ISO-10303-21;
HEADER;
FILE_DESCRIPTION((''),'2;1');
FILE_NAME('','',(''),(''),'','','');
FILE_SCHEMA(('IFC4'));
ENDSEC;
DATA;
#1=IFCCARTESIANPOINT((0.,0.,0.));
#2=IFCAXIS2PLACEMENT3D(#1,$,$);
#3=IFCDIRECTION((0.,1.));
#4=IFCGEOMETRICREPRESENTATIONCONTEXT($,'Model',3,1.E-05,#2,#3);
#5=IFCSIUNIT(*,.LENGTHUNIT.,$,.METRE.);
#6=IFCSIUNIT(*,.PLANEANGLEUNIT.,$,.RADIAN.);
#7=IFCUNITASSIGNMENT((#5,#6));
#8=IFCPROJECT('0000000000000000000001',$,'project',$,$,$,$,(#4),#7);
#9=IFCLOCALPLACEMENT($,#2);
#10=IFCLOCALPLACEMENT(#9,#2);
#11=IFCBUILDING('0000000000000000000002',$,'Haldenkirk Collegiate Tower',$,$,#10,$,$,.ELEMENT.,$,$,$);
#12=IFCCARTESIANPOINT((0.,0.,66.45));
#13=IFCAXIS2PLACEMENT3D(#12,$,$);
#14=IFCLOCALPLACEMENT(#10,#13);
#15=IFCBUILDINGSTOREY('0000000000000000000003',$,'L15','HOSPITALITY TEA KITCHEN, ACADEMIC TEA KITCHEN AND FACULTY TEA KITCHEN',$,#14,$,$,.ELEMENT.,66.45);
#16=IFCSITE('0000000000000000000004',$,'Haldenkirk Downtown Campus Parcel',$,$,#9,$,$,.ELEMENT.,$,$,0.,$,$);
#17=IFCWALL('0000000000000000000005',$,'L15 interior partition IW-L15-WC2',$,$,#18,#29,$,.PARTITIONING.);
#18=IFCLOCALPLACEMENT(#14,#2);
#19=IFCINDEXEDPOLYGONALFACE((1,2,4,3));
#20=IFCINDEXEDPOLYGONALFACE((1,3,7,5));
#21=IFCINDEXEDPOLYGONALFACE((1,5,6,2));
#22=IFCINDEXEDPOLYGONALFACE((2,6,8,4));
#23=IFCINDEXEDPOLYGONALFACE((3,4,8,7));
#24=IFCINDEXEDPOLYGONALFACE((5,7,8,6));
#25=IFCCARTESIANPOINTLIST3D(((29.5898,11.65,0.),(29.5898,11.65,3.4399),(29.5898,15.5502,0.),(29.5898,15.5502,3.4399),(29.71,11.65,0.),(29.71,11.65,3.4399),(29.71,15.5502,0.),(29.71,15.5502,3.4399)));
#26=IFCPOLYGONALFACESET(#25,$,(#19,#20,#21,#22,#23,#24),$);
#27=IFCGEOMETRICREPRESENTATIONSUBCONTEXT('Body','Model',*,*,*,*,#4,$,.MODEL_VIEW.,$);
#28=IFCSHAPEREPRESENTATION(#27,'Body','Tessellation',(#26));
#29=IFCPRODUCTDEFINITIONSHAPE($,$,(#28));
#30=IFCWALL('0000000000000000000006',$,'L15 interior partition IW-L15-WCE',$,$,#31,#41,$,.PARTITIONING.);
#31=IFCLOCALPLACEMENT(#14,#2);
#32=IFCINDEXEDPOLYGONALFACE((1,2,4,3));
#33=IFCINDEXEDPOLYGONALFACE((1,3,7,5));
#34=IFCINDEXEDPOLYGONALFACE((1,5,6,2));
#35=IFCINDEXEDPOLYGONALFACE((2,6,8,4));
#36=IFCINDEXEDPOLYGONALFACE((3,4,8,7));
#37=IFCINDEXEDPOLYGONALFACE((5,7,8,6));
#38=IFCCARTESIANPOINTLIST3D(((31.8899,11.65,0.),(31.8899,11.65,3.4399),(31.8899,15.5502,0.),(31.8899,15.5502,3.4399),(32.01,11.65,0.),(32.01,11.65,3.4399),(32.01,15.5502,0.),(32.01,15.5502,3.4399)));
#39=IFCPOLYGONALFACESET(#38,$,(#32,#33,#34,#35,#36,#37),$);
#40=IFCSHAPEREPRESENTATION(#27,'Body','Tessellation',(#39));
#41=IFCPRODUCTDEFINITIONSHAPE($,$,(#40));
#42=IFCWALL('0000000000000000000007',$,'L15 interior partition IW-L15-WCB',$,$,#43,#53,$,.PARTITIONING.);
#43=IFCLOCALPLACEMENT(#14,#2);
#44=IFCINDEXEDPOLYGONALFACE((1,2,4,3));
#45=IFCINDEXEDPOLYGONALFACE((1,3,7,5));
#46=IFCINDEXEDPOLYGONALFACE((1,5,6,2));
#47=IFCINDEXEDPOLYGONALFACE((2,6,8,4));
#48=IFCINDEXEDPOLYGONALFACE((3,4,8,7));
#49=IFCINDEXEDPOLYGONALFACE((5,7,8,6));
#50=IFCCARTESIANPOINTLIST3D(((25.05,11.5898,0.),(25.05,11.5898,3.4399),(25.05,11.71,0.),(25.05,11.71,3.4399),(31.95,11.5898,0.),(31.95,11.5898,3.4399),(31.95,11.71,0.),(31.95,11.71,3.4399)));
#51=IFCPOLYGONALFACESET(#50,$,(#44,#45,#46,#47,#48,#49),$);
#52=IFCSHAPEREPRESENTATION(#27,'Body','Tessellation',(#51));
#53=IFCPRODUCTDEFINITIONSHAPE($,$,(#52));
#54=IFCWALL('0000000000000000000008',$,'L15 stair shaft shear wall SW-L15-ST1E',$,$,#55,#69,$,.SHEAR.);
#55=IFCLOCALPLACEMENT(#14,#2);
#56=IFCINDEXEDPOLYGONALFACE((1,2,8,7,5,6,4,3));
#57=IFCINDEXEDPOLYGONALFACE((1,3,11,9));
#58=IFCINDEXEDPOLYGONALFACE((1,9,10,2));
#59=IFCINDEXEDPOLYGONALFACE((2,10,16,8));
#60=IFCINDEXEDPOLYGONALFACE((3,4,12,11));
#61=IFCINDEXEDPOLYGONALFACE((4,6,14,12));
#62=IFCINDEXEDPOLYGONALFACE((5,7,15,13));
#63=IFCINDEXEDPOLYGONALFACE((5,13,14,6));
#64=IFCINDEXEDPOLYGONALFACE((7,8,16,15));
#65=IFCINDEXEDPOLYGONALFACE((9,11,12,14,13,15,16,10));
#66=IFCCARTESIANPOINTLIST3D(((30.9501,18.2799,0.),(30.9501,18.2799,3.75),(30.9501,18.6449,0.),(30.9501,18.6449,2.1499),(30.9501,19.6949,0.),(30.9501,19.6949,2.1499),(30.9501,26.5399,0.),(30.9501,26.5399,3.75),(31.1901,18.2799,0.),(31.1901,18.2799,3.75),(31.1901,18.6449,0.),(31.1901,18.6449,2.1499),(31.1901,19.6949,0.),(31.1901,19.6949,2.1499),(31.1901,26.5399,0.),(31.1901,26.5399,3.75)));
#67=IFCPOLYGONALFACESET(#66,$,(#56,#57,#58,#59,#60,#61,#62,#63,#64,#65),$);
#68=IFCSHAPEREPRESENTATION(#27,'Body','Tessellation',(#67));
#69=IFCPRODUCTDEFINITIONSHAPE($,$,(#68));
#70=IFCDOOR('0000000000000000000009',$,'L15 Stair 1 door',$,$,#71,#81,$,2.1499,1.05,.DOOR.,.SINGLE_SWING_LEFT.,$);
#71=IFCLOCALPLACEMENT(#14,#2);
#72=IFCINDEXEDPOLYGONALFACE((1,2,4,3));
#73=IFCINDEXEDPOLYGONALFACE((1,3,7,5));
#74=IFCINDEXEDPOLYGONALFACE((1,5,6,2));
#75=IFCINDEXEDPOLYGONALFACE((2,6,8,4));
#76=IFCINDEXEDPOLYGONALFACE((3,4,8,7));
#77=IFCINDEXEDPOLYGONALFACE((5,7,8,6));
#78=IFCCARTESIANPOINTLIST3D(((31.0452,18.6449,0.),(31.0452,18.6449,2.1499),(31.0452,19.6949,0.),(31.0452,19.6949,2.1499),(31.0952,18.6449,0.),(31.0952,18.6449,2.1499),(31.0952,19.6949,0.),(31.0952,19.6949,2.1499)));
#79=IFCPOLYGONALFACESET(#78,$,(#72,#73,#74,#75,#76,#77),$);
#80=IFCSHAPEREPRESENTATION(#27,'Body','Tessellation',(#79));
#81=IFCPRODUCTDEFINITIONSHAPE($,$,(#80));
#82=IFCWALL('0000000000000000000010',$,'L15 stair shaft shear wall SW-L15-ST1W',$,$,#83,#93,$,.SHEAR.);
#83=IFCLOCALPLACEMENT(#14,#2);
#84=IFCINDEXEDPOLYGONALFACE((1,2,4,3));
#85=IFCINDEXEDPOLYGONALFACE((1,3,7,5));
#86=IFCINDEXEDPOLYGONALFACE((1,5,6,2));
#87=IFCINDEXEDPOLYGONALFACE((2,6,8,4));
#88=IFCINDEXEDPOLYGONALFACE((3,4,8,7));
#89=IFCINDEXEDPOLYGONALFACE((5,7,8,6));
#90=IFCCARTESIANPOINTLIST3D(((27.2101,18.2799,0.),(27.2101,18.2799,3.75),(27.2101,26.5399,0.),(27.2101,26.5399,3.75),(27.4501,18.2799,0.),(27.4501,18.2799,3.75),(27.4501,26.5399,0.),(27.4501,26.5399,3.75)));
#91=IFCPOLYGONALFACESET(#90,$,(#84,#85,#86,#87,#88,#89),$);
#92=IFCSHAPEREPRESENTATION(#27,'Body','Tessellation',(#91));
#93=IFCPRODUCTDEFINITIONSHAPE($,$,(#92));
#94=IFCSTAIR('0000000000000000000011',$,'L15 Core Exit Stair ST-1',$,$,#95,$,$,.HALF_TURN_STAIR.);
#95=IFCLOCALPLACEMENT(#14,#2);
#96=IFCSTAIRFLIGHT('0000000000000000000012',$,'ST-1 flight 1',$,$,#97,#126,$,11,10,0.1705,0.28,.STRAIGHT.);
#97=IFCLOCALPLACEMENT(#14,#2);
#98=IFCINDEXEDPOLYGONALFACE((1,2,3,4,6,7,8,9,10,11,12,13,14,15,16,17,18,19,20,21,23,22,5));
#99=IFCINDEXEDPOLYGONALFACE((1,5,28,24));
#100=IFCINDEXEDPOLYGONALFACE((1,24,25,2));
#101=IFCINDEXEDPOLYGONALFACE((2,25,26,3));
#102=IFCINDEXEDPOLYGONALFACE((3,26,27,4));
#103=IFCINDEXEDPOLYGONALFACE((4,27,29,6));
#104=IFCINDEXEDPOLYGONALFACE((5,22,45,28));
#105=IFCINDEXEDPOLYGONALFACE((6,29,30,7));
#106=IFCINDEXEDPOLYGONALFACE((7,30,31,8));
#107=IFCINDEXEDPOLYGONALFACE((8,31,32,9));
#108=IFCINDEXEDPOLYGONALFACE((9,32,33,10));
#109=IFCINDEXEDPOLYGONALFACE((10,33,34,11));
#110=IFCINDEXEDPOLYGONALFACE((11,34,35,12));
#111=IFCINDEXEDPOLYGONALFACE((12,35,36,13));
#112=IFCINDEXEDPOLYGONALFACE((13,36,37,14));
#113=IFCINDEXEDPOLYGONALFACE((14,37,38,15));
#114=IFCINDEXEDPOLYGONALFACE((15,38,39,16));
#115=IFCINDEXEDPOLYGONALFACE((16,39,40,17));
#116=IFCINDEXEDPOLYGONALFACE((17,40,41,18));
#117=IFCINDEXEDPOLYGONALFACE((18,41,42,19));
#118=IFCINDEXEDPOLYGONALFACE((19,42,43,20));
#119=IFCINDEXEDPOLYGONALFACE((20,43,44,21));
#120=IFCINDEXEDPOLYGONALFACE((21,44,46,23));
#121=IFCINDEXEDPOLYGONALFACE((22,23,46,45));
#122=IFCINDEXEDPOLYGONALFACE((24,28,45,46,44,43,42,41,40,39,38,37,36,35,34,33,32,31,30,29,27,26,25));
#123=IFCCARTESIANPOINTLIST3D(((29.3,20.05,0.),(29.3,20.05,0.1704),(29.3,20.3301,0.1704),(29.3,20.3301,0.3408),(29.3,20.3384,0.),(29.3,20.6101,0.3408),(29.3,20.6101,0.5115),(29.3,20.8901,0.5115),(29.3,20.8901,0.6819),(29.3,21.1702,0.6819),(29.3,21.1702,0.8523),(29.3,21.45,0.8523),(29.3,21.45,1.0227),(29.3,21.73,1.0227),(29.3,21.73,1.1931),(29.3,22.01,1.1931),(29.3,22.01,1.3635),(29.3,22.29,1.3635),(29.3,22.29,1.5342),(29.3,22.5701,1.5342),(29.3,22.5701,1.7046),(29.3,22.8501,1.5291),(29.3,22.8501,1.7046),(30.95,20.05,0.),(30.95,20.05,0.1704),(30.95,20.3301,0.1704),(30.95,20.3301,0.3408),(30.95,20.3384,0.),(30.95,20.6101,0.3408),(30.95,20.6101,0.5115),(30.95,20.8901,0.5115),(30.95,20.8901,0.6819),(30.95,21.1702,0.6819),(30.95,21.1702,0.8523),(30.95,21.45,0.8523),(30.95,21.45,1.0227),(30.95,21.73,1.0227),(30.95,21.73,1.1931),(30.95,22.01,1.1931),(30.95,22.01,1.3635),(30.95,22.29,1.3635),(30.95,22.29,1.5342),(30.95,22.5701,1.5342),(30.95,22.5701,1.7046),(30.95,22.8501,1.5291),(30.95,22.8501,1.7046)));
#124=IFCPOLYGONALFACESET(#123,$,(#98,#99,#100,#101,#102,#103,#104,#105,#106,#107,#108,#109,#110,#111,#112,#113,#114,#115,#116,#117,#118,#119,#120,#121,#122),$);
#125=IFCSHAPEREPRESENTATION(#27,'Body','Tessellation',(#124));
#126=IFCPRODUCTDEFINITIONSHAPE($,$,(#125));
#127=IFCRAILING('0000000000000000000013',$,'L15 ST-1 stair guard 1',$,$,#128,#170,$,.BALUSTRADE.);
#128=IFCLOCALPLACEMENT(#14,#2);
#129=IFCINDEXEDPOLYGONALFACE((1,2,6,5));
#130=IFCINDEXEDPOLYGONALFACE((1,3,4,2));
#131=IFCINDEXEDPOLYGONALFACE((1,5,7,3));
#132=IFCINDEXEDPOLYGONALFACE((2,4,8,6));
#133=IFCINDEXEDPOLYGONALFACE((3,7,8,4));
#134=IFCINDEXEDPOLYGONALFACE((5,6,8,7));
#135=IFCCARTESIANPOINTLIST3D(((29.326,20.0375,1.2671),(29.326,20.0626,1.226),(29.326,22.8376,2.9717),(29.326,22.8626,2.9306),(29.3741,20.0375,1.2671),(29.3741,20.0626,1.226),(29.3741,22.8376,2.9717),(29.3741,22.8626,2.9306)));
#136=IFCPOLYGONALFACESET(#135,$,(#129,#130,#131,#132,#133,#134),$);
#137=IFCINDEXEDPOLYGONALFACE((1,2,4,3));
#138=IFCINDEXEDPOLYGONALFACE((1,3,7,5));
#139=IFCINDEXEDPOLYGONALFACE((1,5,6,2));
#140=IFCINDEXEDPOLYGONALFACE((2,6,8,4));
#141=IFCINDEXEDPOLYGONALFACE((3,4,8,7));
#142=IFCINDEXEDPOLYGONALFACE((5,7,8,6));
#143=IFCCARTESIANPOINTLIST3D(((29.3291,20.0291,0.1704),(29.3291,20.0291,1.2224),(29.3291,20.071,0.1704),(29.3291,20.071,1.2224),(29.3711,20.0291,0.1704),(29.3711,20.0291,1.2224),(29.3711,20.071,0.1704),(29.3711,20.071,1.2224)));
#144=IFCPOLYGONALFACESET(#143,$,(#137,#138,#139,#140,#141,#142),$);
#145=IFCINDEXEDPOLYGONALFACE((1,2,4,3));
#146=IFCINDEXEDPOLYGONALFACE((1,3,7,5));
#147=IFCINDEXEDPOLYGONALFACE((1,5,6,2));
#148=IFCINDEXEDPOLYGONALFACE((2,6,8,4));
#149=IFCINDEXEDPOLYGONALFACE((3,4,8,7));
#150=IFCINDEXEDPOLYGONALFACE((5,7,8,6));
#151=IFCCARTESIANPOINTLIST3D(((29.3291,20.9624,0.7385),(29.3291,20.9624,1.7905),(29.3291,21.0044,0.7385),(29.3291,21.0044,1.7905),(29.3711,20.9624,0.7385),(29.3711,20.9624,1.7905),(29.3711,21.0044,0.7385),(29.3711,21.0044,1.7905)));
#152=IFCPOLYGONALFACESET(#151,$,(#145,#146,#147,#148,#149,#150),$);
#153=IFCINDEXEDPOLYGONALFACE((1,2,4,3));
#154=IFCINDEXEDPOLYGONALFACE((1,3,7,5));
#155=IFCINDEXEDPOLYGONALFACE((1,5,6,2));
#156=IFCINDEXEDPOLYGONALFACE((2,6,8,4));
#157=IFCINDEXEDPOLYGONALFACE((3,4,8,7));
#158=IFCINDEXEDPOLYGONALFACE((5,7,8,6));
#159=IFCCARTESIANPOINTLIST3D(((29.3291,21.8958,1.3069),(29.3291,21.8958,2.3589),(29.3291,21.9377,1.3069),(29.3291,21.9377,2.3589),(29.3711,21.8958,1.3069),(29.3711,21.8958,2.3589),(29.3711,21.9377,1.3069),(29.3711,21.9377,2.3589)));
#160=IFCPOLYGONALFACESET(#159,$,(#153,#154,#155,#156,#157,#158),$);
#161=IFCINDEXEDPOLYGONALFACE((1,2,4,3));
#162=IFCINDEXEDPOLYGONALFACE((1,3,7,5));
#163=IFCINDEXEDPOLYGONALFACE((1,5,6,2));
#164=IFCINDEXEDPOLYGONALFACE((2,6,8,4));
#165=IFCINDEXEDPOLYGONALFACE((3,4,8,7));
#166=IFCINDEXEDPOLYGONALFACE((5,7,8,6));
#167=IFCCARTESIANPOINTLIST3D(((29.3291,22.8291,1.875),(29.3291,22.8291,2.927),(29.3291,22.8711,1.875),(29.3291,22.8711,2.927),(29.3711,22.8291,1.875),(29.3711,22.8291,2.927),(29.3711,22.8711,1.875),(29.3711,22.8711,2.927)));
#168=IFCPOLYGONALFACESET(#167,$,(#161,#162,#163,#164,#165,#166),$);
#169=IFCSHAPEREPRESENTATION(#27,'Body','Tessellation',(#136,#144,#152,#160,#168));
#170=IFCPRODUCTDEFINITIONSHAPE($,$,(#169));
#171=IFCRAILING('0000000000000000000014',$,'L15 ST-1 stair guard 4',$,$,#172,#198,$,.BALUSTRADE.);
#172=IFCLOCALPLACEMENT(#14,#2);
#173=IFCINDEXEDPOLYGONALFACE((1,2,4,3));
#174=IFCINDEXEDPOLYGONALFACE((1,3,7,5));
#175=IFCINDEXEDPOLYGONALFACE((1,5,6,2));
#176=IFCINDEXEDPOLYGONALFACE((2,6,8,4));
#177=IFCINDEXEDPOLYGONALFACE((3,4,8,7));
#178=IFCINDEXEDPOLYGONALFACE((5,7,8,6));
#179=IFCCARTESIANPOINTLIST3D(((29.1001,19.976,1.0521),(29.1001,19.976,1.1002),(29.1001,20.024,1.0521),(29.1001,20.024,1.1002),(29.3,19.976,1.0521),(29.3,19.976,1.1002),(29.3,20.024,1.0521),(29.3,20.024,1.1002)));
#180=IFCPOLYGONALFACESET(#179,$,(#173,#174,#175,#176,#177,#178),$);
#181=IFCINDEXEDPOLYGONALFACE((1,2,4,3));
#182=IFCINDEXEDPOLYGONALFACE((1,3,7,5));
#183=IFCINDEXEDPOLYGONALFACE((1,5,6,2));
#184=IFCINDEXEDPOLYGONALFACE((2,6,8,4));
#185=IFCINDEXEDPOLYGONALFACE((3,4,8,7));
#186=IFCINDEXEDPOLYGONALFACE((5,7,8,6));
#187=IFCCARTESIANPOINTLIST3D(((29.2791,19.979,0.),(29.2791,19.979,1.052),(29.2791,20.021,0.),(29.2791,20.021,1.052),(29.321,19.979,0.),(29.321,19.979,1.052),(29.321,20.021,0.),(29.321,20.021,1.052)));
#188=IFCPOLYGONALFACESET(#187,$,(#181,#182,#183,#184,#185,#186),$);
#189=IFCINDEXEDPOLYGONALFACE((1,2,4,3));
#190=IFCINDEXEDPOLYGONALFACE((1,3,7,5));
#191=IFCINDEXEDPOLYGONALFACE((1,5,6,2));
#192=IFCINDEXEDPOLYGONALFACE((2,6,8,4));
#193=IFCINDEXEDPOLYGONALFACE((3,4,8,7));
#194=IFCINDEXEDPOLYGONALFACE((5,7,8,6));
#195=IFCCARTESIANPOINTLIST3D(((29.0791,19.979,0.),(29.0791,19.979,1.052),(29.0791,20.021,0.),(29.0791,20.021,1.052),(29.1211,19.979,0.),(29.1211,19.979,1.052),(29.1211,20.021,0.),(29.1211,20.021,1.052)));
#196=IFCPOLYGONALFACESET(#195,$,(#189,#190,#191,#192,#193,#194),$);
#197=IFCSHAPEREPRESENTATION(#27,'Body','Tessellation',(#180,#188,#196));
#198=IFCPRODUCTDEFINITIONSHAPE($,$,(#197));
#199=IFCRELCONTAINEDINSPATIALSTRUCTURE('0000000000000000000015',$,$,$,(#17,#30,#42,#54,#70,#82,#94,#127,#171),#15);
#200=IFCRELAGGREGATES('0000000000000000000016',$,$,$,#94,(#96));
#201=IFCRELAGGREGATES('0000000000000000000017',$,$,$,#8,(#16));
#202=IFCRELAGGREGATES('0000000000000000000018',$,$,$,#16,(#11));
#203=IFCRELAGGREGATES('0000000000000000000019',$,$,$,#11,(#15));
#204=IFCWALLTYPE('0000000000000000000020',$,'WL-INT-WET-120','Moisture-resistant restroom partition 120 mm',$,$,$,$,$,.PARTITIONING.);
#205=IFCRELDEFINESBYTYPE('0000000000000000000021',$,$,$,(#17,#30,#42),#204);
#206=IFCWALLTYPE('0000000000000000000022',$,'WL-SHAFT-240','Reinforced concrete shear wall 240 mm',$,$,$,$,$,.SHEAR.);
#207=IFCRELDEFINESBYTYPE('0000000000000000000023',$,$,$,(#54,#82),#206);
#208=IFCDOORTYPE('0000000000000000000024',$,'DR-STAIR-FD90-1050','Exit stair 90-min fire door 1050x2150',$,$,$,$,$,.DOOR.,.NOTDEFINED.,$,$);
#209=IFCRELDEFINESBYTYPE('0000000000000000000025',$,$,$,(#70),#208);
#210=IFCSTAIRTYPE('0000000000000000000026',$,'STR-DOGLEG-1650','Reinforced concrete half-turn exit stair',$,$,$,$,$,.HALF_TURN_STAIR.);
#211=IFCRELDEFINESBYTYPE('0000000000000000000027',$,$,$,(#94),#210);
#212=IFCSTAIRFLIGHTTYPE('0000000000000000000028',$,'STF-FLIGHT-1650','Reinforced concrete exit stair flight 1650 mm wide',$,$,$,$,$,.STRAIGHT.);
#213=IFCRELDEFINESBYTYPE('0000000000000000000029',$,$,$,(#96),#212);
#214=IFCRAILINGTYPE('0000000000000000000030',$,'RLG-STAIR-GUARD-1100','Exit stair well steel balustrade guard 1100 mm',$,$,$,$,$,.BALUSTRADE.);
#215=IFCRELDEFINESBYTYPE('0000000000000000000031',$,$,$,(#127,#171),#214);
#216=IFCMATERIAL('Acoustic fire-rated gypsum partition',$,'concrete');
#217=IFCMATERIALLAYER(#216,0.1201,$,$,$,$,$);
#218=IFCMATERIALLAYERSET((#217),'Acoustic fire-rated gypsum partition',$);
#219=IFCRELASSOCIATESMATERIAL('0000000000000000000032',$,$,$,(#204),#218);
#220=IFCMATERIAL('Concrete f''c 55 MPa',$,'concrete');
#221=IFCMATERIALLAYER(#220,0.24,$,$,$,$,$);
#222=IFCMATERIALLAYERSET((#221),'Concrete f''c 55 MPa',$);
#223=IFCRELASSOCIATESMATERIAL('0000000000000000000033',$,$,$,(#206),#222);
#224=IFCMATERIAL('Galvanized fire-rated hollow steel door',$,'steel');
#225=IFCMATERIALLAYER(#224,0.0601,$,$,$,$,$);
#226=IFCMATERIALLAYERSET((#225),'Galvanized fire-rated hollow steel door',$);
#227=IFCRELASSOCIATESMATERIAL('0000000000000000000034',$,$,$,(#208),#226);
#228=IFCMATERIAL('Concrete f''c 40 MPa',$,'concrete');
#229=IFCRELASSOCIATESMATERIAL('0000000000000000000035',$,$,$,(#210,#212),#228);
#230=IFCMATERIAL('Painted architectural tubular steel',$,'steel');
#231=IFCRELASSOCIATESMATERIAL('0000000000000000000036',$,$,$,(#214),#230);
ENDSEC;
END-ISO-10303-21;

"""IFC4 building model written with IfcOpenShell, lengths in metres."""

from ifc_helpers import new_model, si_unit, direction, frame, frame_2d, origin, origin_2d, place, context, subcontext, project, spatial, polyline, rectangle, outline, extrude, material, layer, layer_set, type_object, element, fill, aggregate, save


model = new_model("IFC4")

# Units and contexts
model_context = context("Model", 3, precision=1e-05, world=origin(), true_north=direction((0.0, 1.0)))
body_context = subcontext(model_context, "Body", "Model", "MODEL_VIEW")
ifc_project = project(units=[si_unit("LENGTHUNIT", "METRE"), si_unit("PLANEANGLEUNIT", "RADIAN")], contexts=[model_context])

# Site, building, storey
site_placement = place(None, origin())
site = spatial("IfcSite", under=ifc_project, at=site_placement, Name="Haldenkirk Downtown Campus Parcel", CompositionType="ELEMENT", RefElevation=0.0)
building_placement = place(site_placement, origin())
building = spatial("IfcBuilding", under=site, at=building_placement, Name="Haldenkirk Collegiate Tower", CompositionType="ELEMENT")
storey_placement = place(building_placement, frame((0.0, 0.0, 66.45)))
storey = spatial("IfcBuildingStorey", under=building, at=storey_placement, Name="L15", Description="HOSPITALITY TEA KITCHEN, ACADEMIC TEA KITCHEN AND FACULTY TEA KITCHEN", CompositionType="ELEMENT", Elevation=66.45)

# Shared definitions
ifc_material_1 = material(Name="Galvanized fire-rated hollow steel door", Category="steel")

# Shared definitions
ifc_material_2 = material(Name="Acoustic fire-rated gypsum partition", Category="concrete")

# Walls
ifc_layer_1 = layer(ifc_material_2, 0.1201)
ifc_layer_set_1 = layer_set([ifc_layer_1], Name="Acoustic fire-rated gypsum partition")
wall_type_1 = type_object("IfcWallType", Name="WL-INT-WET-120", Description="Moisture-resistant restroom partition 120 mm", PredefinedType="PARTITIONING", material=ifc_layer_set_1)
for number, where, z_axis, x_axis, name in (
    (1, (29.6499, 11.6499, 0.0), (0.0, 0.0, 1.0), (0.0, 1.0, 0.0), "L15 interior partition IW-L15-WC2"),
    (2, (31.95, 11.6499, 0.0), (0.0, 0.0, 1.0), (0.0, 1.0, 0.0), "L15 interior partition IW-L15-WCE"),
):
    element("IfcWall", number, at=place(storey_placement, frame(where, z_axis=z_axis, x_axis=x_axis)), inside=storey, type_object=wall_type_1, Name=name, PredefinedType="PARTITIONING", context=body_context, shape_type="SweptSolid", body=[
        extrude(rectangle(XDim=3.9001, YDim=0.1201, at=frame_2d((1.9502, 0.0))), origin(), (0.0, 0.0, 1.0), 3.4399),
    ])
wall_1_placement = place(storey_placement, frame((25.05, 11.6499, 0.0), z_axis=(0.0, 0.0, 1.0), x_axis=(1.0, 0.0, 0.0)))
element("IfcWall", 3, at=wall_1_placement, inside=storey, type_object=wall_type_1, Name="L15 interior partition IW-L15-WCB", PredefinedType="PARTITIONING", context=body_context, shape_type="SweptSolid", body=[
    extrude(rectangle(XDim=6.8999, YDim=0.1201, at=frame_2d((3.45, 0.0))), origin(), (0.0, 0.0, 1.0), 3.4399),
])

# Wall, opening, door
ifc_material_3 = material(Name="Concrete f'c 55 MPa", Category="concrete")
ifc_layer_2 = layer(ifc_material_3, 0.24)
ifc_layer_set_2 = layer_set([ifc_layer_2], Name="Concrete f'c 55 MPa")
wall_type_2 = type_object("IfcWallType", Name="WL-SHAFT-240", Description="Reinforced concrete shear wall 240 mm", PredefinedType="SHEAR", material=ifc_layer_set_2)
wall_2_placement = place(storey_placement, frame((31.0701, 18.28, 0.0), z_axis=(0.0, 0.0, 1.0), x_axis=(0.0, 1.0, 0.0)))
wall_2 = element("IfcWall", 4, at=wall_2_placement, inside=storey, type_object=wall_type_2, Name="L15 stair shaft shear wall SW-L15-ST1E", PredefinedType="SHEAR", context=body_context, shape_type="SweptSolid", body=[
    extrude(rectangle(XDim=8.26, YDim=0.24, at=frame_2d((4.1299, 0.0))), origin(), (0.0, 0.0, 1.0), 3.75),
])
opening_1_placement = place(wall_2_placement, frame((0.365, 0.0, 0.0)))
opening_1 = element("IfcOpeningElement", 5, at=opening_1_placement, cuts=wall_2, PredefinedType="OPENING", context=body_context, shape_type="SweptSolid", body=[
    extrude(rectangle(XDim=1.05, YDim=2.1499, at=frame_2d((0.5249, 1.075))), frame((0.0, 0.1299, 0.0), z_axis=(0.0, -1.0, 0.0), x_axis=(1.0, 0.0, 0.0)), (0.0, 0.0, 1.0), 0.26),
])
ifc_layer_3 = layer(ifc_material_1, 0.0601)
ifc_layer_set_3 = layer_set([ifc_layer_3], Name="Galvanized fire-rated hollow steel door")
door_type_1 = type_object("IfcDoorType", Name="DR-STAIR-FD90-1050", Description="Exit stair 90-min fire door 1050x2150", OperationType="NOTDEFINED", PredefinedType="DOOR", material=ifc_layer_set_3)
door_1_placement = place(opening_1_placement, origin())
door_1 = element("IfcDoor", 6, at=door_1_placement, inside=storey, type_object=door_type_1, Name="L15 Stair 1 door", OperationType="SINGLE_SWING_LEFT", OverallHeight=2.1499, OverallWidth=1.05, PredefinedType="DOOR", context=body_context, shape_type="SweptSolid", body=[
    extrude(rectangle(XDim=1.05, YDim=2.1499, at=frame_2d((0.5249, 1.075))), frame((0.0, 0.0249, 0.0), z_axis=(0.0, -1.0, 0.0), x_axis=(1.0, 0.0, 0.0)), (0.0, 0.0, 1.0), 0.05),
])
fill(opening_1, door_1)

# Wall
wall_3_placement = place(storey_placement, frame((27.3301, 18.28, 0.0), z_axis=(0.0, 0.0, 1.0), x_axis=(0.0, 1.0, 0.0)))
element("IfcWall", 7, at=wall_3_placement, inside=storey, type_object=wall_type_2, Name="L15 stair shaft shear wall SW-L15-ST1W", PredefinedType="SHEAR", context=body_context, shape_type="SweptSolid", body=[
    extrude(rectangle(XDim=8.26, YDim=0.24, at=frame_2d((4.1299, 0.0))), origin(), (0.0, 0.0, 1.0), 3.75),
])

# Stair, stair flight
ifc_material_4 = material(Name="Concrete f'c 40 MPa", Category="concrete")
stair_type = type_object("IfcStairType", Name="STR-DOGLEG-1650", Description="Reinforced concrete half-turn exit stair", PredefinedType="HALF_TURN_STAIR", material=ifc_material_4)
stair_placement = place(storey_placement, origin())
stair = element("IfcStair", 8, at=stair_placement, inside=storey, type_object=stair_type, Name="L15 Core Exit Stair ST-1", PredefinedType="HALF_TURN_STAIR")
stair_flight_type = type_object("IfcStairFlightType", Name="STF-FLIGHT-1650", Description="Reinforced concrete exit stair flight 1650 mm wide", PredefinedType="STRAIGHT", material=ifc_material_4)
stair_flight_placement = place(storey_placement, frame((30.125, 20.05, 0.0), z_axis=(0.0, 0.0, 1.0), x_axis=(0.0, 1.0, 0.0)))
stair_flight = element("IfcStairFlight", 9, at=stair_flight_placement, type_object=stair_flight_type, Name="ST-1 flight 1", NumberOfRisers=11, NumberOfTreads=10, PredefinedType="STRAIGHT", RiserHeight=0.1705, TreadLength=0.28, context=body_context, shape_type="SweptSolid", body=[
    extrude(outline(polyline([(0.0, 0.0), (0.0, 0.1704), (0.28, 0.1704), (0.28, 0.3408), (0.5601, 0.3408), (0.5601, 0.5115), (0.8401, 0.5115), (0.8401, 0.6819), (1.1201, 0.6819), (1.1201, 0.8523), (1.3999, 0.8523), (1.3999, 1.0227), (1.6799, 1.0227), (1.6799, 1.1931), (1.96, 1.1931), (1.96, 1.3635), (2.24, 1.3635), (2.24, 1.5342), (2.52, 1.5342), (2.52, 1.7046), (2.8, 1.7046), (2.8, 1.875), (2.8, 1.5291), (0.2883, 0.0), (0.0, 0.0)])), frame((0.0, 0.825, 0.0), z_axis=(0.0, -1.0, 0.0), x_axis=(1.0, 0.0, 0.0)), (0.0, 0.0, 1.0), 1.6499),
])
aggregate(stair, [stair_flight])

# Railings
ifc_material_5 = material(Name="Painted architectural tubular steel", Category="steel")
railing_type = type_object("IfcRailingType", Name="RLG-STAIR-GUARD-1100", Description="Exit stair well steel balustrade guard 1100 mm", PredefinedType="BALUSTRADE", material=ifc_material_5)
railing_1_placement = place(storey_placement, frame((29.3501, 20.05, 0.1704)))
element("IfcRailing", 10, at=railing_1_placement, inside=storey, type_object=railing_type, Name="L15 ST-1 stair guard 1", PredefinedType="BALUSTRADE", context=body_context, shape_type="SweptSolid", body=[
    extrude(rectangle(XDim=0.0481, YDim=0.0481, at=origin_2d()), frame((0.0, 0.0, 1.0762), z_axis=(0.0, 0.85417, 0.519994), x_axis=(-1.0, 0.0, 0.0)), (0.0, 0.0, 1.0), 3.2781),
    extrude(rectangle(XDim=0.042, YDim=0.042, at=origin_2d()), origin(), (0.0, 0.0, 1.0), 1.052),
    extrude(rectangle(XDim=0.042, YDim=0.042, at=origin_2d()), frame((0.0, 0.9333, 0.5681)), (0.0, 0.0, 1.0), 1.052),
    extrude(rectangle(XDim=0.042, YDim=0.042, at=origin_2d()), frame((0.0, 1.8667, 1.1365)), (0.0, 0.0, 1.0), 1.052),
    extrude(rectangle(XDim=0.042, YDim=0.042, at=origin_2d()), frame((0.0, 2.8, 1.7046)), (0.0, 0.0, 1.0), 1.052),
])
railing_2_placement = place(storey_placement, frame((29.3, 20.0, 0.0)))
element("IfcRailing", 11, at=railing_2_placement, inside=storey, type_object=railing_type, Name="L15 ST-1 stair guard 4", PredefinedType="BALUSTRADE", context=body_context, shape_type="SweptSolid", body=[
    extrude(rectangle(XDim=0.0481, YDim=0.0481, at=origin_2d()), frame((0.0, 0.0, 1.0762), z_axis=(-1.0, 0.0, 0.0), x_axis=(0.0, -1.0, 0.0)), (0.0, 0.0, 1.0), 0.2),
    extrude(rectangle(XDim=0.042, YDim=0.042, at=origin_2d()), origin(), (0.0, 0.0, 1.0), 1.052),
    extrude(rectangle(XDim=0.042, YDim=0.042, at=origin_2d()), frame((-0.2, 0.0, 0.0)), (0.0, 0.0, 1.0), 1.052),
])

save(model, "model.ifc")
